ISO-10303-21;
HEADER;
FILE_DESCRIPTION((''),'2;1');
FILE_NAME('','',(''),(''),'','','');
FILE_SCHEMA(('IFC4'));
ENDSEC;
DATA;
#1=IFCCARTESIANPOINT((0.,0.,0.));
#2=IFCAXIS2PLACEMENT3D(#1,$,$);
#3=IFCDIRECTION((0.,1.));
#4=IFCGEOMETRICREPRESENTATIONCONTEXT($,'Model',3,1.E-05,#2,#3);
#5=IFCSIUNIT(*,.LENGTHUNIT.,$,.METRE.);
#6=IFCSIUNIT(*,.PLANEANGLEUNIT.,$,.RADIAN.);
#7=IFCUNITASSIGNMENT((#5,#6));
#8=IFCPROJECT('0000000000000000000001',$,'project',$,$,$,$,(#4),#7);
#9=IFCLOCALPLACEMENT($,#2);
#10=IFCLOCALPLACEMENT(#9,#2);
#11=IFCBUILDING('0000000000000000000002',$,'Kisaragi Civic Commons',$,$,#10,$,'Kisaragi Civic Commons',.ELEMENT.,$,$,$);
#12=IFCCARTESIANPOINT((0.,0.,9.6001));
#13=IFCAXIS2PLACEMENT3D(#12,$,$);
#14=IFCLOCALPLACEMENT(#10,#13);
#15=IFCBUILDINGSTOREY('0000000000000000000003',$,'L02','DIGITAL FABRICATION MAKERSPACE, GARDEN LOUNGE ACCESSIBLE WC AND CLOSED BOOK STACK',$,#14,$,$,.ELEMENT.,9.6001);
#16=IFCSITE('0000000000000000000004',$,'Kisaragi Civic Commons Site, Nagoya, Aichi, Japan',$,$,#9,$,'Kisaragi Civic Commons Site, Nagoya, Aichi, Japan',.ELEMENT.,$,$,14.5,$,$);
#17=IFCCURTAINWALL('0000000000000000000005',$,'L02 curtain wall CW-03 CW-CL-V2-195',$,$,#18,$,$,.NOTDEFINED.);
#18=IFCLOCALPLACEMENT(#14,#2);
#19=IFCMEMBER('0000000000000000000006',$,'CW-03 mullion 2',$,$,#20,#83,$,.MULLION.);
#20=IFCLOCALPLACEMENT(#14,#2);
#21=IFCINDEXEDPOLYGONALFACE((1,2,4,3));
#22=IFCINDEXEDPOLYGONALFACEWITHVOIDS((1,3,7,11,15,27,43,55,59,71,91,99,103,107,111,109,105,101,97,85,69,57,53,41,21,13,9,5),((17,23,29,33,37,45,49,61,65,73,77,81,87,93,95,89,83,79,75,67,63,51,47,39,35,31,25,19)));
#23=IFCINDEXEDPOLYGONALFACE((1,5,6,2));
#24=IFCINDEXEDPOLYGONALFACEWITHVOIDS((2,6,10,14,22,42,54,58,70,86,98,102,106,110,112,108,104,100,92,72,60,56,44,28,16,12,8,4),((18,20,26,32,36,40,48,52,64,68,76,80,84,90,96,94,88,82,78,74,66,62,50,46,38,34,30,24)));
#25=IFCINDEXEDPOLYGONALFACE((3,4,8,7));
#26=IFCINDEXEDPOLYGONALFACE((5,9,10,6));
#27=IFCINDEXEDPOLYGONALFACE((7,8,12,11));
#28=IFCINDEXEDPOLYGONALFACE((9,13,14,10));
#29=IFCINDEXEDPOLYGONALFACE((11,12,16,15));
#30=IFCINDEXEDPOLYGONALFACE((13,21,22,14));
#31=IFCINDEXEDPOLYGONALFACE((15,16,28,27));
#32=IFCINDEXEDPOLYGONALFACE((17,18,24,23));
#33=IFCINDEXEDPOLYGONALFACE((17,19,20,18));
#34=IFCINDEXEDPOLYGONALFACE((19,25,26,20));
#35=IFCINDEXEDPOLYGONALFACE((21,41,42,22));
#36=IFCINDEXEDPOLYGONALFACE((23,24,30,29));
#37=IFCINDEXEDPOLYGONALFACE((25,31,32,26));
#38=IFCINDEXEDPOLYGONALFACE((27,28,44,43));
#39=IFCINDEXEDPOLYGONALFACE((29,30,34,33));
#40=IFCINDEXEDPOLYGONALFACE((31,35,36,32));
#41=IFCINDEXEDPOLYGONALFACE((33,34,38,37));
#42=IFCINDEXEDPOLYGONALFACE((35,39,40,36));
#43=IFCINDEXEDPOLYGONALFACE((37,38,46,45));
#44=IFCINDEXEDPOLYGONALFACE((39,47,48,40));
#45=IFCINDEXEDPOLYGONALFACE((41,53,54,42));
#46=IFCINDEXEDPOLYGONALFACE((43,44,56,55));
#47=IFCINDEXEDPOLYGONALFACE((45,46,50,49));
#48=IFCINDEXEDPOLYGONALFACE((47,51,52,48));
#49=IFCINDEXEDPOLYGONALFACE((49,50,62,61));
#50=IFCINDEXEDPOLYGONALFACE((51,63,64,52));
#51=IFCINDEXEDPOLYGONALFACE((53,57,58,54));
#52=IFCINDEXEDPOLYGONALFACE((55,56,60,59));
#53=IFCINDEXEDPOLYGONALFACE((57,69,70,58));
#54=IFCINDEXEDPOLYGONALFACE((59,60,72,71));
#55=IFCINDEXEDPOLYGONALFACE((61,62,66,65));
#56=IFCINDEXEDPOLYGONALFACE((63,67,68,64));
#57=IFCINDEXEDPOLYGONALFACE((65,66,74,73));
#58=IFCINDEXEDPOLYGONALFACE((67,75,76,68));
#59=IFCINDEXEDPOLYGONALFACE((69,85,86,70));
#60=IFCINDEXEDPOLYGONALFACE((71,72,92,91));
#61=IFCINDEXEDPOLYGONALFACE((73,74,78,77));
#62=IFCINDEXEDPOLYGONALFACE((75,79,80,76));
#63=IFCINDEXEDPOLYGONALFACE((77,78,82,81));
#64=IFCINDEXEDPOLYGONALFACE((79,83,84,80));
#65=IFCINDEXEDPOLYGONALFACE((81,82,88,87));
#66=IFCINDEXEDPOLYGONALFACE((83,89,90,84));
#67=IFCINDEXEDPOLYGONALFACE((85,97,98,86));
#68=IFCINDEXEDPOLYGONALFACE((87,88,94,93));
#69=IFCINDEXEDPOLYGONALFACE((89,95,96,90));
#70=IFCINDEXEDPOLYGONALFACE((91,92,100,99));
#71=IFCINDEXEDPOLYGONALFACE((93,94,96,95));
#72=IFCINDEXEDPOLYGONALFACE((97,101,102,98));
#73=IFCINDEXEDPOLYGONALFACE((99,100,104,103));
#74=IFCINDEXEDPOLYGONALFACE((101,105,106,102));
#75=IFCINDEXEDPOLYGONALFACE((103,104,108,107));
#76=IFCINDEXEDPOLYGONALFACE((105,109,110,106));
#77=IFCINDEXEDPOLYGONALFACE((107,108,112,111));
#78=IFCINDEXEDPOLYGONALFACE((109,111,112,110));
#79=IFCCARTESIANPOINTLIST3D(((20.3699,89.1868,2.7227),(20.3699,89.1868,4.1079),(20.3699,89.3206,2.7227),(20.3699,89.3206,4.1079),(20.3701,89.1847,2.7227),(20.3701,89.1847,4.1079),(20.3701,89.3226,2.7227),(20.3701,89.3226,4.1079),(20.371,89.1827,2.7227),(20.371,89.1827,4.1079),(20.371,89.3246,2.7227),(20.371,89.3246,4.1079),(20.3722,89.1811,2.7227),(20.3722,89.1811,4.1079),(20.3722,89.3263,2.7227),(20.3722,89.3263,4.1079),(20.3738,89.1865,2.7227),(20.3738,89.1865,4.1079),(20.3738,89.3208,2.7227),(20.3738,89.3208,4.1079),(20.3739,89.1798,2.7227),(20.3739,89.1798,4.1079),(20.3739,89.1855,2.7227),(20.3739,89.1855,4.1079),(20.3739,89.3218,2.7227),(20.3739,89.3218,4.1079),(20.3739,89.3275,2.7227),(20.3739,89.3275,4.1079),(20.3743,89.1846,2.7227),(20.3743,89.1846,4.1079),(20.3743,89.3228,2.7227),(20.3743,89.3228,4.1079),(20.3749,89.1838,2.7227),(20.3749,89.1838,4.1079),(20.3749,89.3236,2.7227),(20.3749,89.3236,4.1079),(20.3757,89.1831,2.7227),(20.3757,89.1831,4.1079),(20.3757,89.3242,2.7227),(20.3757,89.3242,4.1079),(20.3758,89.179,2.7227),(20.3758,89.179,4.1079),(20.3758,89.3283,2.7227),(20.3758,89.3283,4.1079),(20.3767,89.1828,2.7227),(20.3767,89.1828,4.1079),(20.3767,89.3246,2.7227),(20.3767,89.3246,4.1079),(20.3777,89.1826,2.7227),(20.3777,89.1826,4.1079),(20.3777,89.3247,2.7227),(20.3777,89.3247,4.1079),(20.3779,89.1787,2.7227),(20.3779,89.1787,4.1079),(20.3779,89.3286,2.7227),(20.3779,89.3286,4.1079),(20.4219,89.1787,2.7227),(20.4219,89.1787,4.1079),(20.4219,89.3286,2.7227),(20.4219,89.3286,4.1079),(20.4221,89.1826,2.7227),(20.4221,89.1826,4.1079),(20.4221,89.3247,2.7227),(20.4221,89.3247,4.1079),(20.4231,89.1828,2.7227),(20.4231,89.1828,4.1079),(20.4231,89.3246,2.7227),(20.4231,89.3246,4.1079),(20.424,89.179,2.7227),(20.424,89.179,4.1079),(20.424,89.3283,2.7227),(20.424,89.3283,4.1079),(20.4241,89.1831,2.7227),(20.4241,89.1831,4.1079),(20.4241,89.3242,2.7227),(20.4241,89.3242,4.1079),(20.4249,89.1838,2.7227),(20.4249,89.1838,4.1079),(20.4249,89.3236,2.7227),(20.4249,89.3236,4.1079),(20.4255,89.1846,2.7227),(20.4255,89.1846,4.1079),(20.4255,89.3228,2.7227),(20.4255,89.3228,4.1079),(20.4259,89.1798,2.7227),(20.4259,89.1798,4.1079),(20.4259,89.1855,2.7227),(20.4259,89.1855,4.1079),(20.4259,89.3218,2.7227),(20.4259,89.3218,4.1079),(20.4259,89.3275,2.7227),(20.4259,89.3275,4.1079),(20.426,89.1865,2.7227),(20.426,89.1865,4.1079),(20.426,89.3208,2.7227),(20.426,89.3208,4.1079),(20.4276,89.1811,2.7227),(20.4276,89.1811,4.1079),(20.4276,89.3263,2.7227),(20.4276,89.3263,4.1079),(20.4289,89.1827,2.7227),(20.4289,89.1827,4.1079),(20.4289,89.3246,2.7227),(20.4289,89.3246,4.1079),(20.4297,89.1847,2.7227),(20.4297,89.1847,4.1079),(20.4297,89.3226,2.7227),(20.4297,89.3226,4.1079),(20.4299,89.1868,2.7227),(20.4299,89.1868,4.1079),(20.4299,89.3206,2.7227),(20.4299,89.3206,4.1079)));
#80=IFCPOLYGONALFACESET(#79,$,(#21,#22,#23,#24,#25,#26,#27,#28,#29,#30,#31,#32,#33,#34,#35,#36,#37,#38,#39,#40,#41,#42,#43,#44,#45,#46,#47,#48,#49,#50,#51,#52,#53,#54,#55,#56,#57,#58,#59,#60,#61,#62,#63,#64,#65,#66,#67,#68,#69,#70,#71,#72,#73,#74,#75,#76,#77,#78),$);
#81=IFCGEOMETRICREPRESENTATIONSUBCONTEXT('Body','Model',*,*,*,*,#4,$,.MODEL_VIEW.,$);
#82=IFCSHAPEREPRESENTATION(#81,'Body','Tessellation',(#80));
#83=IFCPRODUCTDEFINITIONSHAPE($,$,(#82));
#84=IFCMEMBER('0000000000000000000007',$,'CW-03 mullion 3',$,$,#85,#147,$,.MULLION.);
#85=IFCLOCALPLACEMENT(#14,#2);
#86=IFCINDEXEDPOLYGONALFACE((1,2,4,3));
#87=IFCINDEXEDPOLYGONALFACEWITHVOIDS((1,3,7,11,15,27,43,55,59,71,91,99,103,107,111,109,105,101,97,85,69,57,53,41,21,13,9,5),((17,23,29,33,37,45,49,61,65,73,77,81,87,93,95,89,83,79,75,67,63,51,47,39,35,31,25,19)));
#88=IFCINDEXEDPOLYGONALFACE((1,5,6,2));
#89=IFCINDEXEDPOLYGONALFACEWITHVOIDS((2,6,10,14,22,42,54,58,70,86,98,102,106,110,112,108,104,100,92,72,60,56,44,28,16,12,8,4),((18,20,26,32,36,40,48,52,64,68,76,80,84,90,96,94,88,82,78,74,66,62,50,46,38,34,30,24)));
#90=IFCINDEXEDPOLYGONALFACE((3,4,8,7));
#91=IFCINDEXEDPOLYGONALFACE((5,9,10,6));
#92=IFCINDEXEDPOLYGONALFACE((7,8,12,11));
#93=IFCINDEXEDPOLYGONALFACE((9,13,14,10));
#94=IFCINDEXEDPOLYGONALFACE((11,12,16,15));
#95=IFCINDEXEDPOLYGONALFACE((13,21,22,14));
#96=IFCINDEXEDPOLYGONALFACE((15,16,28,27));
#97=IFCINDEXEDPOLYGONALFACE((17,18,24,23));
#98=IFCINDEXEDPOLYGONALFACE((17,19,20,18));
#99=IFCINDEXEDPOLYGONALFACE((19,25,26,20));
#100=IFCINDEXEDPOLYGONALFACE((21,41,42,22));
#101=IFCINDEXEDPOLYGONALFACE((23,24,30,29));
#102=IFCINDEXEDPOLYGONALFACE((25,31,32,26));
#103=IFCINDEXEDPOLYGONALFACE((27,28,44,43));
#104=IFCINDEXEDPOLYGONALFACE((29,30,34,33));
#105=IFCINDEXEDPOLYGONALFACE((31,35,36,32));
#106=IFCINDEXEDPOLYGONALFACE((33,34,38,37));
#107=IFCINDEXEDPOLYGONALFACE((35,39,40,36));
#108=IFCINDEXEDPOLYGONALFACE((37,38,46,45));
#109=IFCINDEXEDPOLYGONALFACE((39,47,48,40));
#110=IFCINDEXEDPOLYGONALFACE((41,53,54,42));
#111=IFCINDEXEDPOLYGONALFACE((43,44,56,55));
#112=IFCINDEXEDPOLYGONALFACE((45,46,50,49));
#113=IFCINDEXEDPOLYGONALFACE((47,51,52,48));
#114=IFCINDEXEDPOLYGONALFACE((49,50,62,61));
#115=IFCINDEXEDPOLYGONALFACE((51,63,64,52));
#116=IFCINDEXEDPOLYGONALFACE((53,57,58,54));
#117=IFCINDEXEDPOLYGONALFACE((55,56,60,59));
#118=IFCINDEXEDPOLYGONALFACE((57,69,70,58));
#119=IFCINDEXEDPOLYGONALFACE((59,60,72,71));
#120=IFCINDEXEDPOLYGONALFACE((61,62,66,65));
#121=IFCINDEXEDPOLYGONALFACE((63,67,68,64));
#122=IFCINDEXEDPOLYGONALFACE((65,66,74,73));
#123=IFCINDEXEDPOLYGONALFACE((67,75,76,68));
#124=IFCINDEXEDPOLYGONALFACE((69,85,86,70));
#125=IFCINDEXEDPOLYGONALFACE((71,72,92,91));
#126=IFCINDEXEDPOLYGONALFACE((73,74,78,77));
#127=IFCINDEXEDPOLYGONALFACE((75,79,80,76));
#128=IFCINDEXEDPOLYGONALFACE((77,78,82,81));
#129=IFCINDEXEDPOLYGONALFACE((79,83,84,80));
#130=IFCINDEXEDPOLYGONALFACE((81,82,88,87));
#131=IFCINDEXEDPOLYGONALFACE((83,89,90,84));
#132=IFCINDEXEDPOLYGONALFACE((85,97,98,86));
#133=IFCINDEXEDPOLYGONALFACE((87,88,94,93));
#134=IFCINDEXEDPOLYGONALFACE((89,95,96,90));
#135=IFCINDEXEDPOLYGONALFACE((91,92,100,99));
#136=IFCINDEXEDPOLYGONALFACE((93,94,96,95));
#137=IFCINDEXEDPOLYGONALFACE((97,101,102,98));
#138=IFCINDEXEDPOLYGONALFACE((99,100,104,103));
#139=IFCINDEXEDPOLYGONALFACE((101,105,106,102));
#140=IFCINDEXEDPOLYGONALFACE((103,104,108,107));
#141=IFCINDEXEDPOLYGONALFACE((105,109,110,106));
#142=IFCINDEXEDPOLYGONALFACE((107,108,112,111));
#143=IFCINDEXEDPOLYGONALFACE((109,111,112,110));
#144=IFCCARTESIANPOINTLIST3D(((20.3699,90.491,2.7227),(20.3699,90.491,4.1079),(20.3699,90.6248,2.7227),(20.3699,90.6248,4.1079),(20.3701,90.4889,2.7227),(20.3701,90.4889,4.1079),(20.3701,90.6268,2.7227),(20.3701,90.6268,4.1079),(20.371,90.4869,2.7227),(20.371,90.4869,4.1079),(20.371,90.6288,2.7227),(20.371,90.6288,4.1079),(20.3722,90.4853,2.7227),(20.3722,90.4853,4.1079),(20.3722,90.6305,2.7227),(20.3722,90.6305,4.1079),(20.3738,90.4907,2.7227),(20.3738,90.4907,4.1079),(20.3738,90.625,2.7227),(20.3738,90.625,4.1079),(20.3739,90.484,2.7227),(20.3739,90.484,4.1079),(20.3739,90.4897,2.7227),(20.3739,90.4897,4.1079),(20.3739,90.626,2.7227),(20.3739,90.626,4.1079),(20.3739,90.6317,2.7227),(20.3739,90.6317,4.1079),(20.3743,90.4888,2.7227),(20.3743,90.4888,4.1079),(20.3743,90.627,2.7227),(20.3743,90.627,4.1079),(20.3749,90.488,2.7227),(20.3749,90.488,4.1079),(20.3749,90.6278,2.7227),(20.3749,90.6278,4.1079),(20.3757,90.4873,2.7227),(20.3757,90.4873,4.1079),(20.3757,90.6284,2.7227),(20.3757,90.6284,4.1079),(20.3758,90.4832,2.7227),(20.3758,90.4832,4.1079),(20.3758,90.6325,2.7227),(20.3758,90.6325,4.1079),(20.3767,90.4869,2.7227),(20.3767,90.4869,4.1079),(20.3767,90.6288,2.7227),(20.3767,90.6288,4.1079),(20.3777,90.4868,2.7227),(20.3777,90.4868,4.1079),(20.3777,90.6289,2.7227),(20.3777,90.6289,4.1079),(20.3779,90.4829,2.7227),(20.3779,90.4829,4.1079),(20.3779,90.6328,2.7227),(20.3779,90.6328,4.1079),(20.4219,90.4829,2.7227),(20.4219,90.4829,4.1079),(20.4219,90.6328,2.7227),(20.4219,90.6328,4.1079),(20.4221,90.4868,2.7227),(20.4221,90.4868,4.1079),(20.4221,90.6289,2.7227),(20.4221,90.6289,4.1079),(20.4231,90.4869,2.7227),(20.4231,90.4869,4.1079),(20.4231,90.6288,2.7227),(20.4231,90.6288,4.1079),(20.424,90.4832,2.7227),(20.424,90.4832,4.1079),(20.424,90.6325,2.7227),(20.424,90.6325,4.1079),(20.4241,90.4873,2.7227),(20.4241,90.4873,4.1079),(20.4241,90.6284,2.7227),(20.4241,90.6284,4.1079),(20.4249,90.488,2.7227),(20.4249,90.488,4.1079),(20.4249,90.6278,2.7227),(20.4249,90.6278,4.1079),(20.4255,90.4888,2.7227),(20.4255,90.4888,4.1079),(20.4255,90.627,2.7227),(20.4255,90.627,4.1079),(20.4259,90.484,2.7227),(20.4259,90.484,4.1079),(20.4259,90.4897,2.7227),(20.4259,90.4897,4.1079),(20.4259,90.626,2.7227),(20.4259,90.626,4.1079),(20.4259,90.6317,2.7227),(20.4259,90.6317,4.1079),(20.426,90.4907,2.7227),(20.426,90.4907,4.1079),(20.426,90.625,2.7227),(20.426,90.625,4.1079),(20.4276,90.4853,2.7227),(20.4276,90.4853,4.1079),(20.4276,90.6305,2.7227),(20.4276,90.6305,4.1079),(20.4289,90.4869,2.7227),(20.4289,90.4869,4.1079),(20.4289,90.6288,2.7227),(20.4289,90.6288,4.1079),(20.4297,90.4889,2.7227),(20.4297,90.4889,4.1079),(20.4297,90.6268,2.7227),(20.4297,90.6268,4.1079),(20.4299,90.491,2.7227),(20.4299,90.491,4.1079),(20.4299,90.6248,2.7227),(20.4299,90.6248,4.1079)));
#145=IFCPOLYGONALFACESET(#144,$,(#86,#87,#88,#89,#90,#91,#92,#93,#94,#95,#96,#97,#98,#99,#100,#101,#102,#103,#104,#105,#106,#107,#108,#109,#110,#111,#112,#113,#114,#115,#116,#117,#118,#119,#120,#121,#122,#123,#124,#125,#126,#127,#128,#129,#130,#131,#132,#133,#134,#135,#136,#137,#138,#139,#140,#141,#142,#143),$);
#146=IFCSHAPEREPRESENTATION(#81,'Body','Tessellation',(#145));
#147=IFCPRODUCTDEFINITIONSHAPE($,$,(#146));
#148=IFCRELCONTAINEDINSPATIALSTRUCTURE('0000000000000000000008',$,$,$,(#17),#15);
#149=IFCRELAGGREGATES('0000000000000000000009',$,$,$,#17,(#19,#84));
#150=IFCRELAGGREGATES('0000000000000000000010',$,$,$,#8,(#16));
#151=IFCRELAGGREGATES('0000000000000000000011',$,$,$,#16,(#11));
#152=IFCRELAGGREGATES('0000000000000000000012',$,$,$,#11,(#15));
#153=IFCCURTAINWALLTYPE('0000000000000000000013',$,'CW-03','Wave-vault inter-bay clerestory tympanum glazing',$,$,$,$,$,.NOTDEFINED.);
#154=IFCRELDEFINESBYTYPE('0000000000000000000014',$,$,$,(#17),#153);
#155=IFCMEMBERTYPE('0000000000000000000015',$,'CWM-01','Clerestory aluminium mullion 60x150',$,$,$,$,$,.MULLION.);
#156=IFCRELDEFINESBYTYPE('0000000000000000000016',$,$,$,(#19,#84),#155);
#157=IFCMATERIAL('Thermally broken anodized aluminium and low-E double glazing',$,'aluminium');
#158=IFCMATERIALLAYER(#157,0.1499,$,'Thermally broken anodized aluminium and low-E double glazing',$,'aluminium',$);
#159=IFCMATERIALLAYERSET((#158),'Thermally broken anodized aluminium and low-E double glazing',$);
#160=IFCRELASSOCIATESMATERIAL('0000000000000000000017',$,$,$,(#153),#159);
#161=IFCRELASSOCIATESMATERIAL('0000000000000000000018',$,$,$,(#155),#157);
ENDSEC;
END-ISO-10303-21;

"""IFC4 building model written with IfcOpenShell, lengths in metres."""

from ifc_helpers import new_model, si_unit, direction, frame, origin, origin_2d, place, context, subcontext, project, spatial, hollow_rectangle, extrude, material, layer, layer_set, material_profile, profile_set, type_object, element, aggregate, save


model = new_model("IFC4")

# Units and contexts
model_context = context("Model", 3, precision=1e-05, world=origin(), true_north=direction((0.0, 1.0)))
body_context = subcontext(model_context, "Body", "Model", "MODEL_VIEW")
ifc_project = project(units=[si_unit("LENGTHUNIT", "METRE"), si_unit("PLANEANGLEUNIT", "RADIAN")], contexts=[model_context])

# Site, building, storey
site_placement = place(None, origin())
site = spatial("IfcSite", under=ifc_project, at=site_placement, Name="Kisaragi Civic Commons Site, Nagoya, Aichi, Japan", LongName="Kisaragi Civic Commons Site, Nagoya, Aichi, Japan", CompositionType="ELEMENT", RefElevation=14.5)
building_placement = place(site_placement, origin())
building = spatial("IfcBuilding", under=site, at=building_placement, Name="Kisaragi Civic Commons", LongName="Kisaragi Civic Commons", CompositionType="ELEMENT")
storey_placement = place(building_placement, frame((0.0, 0.0, 9.6001)))
storey = spatial("IfcBuildingStorey", under=building, at=storey_placement, Name="L02", Description="DIGITAL FABRICATION MAKERSPACE, GARDEN LOUNGE ACCESSIBLE WC AND CLOSED BOOK STACK", CompositionType="ELEMENT", Elevation=9.6001)

# Curtain wall, members
ifc_material_1 = material(Name="Thermally broken anodized aluminium and low-E double glazing", Category="aluminium")
ifc_layer_1 = layer(ifc_material_1, 0.1499, Name="Thermally broken anodized aluminium and low-E double glazing", Category="aluminium")
ifc_layer_set_1 = layer_set([ifc_layer_1], Name="Thermally broken anodized aluminium and low-E double glazing")
curtain_wall_type = type_object("IfcCurtainWallType", Name="CW-03", Description="Wave-vault inter-bay clerestory tympanum glazing", PredefinedType="NOTDEFINED", material=ifc_layer_set_1)
curtain_wall_1_placement = place(storey_placement, origin())
curtain_wall_1 = element("IfcCurtainWall", 1, at=curtain_wall_1_placement, inside=storey, type_object=curtain_wall_type, Name="L02 curtain wall CW-03 CW-CL-V2-195", PredefinedType="NOTDEFINED")
ifc_material_profile_1 = material_profile(ifc_material_1, hollow_rectangle(XDim=0.0601, YDim=0.1499, WallThickness=0.0039, InnerFilletRadius=0.0039, OuterFilletRadius=0.0081, at=origin_2d()), Name="CWM-60x150x4", Category="aluminium")
ifc_profile_set_1 = profile_set([ifc_material_profile_1], Name="Thermally broken anodized aluminium and low-E double glazing")
member_type_1 = type_object("IfcMemberType", Name="CWM-01", Description="Clerestory aluminium mullion 60x150", PredefinedType="MULLION", material=ifc_profile_set_1)
member_1_placement = place(storey_placement, frame((20.3999, 89.2537, 2.7227), z_axis=(0.0, 0.0, 1.0), x_axis=(-1.0, 0.0, 0.0)))
member_1 = element("IfcMember", 2, at=member_1_placement, type_object=member_type_1, Name="CW-03 mullion 2", PredefinedType="MULLION", context=body_context, shape_type="SweptSolid", body=[
    extrude(hollow_rectangle(XDim=0.0601, YDim=0.1499, WallThickness=0.0039, InnerFilletRadius=0.0039, OuterFilletRadius=0.0081, at=origin_2d()), origin(), (0.0, 0.0, 1.0), 1.3853),
])
member_2_placement = place(storey_placement, frame((20.3999, 90.5579, 2.7227), z_axis=(0.0, 0.0, 1.0), x_axis=(-1.0, 0.0, 0.0)))
member_2 = element("IfcMember", 3, at=member_2_placement, type_object=member_type_1, Name="CW-03 mullion 3", PredefinedType="MULLION", context=body_context, shape_type="SweptSolid", body=[
    extrude(hollow_rectangle(XDim=0.0601, YDim=0.1499, WallThickness=0.0039, InnerFilletRadius=0.0039, OuterFilletRadius=0.0081, at=origin_2d()), origin(), (0.0, 0.0, 1.0), 1.3853),
])

aggregate(curtain_wall_1, [member_1, member_2])

save(model, "model.ifc")
